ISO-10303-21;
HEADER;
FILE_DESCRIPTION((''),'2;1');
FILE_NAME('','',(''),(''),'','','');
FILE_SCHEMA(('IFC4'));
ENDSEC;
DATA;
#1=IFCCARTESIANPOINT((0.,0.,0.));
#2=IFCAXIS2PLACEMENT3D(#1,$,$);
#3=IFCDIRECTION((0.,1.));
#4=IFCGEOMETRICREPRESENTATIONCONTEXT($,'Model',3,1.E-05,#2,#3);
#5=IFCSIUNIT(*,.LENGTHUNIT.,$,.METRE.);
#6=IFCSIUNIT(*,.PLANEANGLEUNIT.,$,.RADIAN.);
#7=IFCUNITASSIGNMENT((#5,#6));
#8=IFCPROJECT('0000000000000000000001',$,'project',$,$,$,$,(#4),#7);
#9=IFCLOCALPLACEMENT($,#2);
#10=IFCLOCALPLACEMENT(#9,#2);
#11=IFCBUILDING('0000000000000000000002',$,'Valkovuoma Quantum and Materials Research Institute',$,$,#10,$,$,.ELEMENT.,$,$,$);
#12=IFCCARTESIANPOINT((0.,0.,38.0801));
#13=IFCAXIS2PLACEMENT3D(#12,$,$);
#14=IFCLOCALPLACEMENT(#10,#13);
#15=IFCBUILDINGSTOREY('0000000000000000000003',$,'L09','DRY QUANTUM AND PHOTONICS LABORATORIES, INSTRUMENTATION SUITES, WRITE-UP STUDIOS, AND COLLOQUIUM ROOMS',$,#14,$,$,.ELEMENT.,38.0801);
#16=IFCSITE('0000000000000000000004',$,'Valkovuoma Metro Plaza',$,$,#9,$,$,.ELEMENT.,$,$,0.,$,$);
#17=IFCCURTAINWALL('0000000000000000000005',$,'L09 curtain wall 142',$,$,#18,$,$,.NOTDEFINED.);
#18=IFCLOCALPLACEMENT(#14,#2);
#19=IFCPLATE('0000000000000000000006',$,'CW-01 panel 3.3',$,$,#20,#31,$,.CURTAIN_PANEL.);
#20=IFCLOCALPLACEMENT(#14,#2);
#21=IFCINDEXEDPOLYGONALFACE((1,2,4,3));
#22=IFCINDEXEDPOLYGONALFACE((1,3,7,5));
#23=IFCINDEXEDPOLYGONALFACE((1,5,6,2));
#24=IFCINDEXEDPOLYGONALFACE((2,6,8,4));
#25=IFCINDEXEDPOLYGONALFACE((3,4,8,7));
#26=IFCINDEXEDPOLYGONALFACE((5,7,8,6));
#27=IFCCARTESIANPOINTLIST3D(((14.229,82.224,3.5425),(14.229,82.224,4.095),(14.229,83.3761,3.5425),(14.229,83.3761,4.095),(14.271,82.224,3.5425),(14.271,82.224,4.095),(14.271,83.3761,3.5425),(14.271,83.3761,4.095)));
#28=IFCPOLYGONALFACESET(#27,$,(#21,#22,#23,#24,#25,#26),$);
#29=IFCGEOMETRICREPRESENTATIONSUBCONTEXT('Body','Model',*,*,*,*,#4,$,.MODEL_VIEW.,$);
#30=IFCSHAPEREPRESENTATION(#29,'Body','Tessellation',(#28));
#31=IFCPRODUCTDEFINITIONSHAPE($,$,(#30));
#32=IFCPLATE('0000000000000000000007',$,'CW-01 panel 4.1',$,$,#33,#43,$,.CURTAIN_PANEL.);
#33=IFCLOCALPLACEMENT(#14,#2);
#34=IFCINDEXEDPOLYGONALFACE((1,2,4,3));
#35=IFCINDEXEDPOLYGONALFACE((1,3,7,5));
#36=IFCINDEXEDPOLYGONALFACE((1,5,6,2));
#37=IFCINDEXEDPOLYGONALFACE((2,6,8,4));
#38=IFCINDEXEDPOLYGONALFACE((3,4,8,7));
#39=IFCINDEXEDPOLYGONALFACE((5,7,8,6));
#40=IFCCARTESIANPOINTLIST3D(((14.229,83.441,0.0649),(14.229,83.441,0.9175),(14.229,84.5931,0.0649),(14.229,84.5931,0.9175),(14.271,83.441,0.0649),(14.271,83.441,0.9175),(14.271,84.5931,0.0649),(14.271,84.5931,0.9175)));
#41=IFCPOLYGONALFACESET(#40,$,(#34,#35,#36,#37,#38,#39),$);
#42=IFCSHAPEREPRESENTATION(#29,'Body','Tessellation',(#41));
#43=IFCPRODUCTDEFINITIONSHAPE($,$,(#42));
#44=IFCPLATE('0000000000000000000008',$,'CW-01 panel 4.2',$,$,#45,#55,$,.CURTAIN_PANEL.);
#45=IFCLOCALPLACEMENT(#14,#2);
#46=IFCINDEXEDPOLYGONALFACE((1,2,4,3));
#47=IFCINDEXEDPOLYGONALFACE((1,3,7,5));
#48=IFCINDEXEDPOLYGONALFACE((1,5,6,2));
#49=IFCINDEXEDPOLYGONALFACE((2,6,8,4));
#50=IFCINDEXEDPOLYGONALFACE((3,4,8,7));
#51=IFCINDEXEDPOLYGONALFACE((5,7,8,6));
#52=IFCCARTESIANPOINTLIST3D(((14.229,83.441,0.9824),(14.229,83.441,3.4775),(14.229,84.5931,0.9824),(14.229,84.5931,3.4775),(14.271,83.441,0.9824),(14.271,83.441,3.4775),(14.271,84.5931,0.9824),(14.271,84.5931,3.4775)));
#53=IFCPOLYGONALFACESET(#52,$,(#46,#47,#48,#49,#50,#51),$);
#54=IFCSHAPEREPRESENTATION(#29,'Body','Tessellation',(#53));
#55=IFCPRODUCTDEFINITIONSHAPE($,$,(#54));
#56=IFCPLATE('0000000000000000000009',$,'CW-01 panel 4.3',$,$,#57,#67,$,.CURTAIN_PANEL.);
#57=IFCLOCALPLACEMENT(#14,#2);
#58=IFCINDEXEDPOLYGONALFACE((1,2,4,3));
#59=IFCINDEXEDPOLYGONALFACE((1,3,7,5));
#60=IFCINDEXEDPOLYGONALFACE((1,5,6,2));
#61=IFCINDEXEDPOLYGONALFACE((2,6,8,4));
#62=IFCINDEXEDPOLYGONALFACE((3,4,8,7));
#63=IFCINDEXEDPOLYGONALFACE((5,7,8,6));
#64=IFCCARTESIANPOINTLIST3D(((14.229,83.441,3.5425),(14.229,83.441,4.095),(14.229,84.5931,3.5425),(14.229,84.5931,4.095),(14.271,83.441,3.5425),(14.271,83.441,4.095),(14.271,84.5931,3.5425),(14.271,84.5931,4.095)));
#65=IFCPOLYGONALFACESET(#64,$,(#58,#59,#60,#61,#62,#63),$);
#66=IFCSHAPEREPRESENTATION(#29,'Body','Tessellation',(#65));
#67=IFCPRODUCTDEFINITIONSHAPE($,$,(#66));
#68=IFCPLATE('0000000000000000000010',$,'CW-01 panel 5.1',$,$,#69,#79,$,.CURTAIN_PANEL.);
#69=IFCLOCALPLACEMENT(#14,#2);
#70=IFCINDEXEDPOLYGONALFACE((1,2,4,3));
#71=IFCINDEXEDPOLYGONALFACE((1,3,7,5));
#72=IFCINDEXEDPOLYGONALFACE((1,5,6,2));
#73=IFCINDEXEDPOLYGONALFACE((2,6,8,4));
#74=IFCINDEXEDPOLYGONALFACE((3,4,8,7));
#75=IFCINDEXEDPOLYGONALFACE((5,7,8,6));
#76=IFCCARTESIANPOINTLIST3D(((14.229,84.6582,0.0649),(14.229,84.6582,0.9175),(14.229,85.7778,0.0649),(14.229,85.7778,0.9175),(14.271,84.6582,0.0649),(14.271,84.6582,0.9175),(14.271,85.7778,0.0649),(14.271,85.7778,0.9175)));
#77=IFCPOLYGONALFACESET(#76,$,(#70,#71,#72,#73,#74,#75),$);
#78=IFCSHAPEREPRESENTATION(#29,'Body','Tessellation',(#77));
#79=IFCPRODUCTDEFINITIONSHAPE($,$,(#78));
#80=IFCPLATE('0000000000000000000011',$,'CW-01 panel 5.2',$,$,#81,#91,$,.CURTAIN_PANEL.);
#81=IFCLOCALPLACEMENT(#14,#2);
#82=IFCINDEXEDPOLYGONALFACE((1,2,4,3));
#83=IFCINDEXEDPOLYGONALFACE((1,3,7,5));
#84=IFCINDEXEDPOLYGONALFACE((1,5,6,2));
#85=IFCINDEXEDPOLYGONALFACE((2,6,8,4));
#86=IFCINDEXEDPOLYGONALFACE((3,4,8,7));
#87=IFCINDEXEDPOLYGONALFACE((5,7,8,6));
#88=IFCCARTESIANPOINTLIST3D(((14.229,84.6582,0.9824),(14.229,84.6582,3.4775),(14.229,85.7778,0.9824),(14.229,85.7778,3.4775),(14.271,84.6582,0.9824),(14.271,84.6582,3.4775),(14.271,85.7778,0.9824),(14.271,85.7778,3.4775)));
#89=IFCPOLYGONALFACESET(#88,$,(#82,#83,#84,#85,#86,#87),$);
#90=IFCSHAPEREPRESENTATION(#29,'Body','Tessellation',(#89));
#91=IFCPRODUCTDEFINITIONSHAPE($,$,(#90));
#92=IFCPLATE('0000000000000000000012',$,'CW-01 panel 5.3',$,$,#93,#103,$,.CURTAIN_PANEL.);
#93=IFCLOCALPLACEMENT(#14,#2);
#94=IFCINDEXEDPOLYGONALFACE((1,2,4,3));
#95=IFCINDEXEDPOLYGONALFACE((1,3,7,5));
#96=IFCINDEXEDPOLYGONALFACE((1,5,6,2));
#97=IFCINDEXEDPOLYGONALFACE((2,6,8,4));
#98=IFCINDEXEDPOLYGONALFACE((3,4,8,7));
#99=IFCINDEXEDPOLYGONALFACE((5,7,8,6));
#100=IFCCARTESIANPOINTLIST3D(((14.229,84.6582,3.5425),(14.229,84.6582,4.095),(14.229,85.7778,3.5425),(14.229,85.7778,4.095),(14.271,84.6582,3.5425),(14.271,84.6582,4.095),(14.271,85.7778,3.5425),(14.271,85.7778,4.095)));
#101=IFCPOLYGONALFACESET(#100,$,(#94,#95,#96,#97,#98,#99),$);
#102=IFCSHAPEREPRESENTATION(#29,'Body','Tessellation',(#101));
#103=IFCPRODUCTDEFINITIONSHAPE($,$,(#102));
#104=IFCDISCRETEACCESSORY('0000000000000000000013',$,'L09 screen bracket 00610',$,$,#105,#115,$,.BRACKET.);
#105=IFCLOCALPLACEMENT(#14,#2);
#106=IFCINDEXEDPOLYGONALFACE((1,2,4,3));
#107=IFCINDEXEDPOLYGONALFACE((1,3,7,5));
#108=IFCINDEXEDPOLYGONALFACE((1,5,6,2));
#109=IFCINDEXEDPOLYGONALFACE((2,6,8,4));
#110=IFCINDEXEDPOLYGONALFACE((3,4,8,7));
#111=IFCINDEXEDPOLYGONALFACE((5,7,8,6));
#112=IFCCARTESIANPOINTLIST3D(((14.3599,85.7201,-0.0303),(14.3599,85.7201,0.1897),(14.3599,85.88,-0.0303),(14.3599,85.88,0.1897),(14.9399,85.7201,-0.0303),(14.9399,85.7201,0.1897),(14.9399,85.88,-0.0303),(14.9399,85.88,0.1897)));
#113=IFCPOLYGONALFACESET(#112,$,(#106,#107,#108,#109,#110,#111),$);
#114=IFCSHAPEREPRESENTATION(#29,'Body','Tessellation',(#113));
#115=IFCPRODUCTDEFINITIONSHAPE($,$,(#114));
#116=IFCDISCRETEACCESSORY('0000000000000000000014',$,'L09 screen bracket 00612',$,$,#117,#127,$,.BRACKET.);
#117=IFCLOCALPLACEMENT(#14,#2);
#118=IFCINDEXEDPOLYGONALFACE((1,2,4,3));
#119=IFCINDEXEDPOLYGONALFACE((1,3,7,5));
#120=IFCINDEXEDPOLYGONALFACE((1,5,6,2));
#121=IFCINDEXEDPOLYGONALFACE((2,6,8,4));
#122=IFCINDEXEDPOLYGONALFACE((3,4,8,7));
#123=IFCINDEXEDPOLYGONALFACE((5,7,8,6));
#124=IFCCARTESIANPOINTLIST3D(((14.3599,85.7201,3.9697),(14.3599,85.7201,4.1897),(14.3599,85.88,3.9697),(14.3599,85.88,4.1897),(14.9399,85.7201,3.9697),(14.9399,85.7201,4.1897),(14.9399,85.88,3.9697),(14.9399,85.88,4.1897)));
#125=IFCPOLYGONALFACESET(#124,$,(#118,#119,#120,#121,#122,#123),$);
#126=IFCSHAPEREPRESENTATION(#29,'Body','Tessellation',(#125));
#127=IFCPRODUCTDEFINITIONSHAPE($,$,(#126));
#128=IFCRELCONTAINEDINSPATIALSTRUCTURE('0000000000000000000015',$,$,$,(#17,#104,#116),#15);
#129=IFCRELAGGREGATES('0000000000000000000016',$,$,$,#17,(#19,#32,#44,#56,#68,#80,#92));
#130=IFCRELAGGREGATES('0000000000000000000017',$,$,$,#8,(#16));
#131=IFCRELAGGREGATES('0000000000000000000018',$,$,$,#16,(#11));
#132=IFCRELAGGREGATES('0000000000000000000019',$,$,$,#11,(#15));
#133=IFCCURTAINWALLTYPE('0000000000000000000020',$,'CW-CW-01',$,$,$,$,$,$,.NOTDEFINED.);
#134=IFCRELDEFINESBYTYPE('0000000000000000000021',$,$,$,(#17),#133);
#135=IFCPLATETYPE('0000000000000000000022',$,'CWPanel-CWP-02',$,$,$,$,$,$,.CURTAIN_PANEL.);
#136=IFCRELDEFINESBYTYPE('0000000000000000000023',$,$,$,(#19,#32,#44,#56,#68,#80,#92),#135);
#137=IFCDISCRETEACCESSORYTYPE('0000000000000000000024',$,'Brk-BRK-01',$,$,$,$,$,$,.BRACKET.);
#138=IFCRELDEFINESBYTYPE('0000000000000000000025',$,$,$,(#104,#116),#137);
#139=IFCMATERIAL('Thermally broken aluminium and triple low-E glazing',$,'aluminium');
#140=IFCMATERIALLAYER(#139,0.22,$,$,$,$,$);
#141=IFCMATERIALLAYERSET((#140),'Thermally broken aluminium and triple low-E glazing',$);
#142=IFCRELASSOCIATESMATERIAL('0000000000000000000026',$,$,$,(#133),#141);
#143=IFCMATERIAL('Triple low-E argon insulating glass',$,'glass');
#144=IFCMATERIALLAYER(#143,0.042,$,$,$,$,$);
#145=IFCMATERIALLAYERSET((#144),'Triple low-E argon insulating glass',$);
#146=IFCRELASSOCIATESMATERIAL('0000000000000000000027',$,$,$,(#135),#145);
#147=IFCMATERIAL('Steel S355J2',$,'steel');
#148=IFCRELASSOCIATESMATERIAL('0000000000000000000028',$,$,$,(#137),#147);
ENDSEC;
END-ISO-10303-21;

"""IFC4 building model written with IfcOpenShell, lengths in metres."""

from ifc_helpers import new_model, si_unit, direction, frame, origin, origin_2d, place, context, subcontext, project, spatial, rectangle, extrude, material, layer, layer_set, type_object, element, aggregate, save


model = new_model("IFC4")

# Units and contexts
model_context = context("Model", 3, precision=1e-05, world=origin(), true_north=direction((0.0, 1.0)))
body_context = subcontext(model_context, "Body", "Model", "MODEL_VIEW")
ifc_project = project(units=[si_unit("LENGTHUNIT", "METRE"), si_unit("PLANEANGLEUNIT", "RADIAN")], contexts=[model_context])

# Site, building, storey
site_placement = place(None, origin())
site = spatial("IfcSite", under=ifc_project, at=site_placement, Name="Valkovuoma Metro Plaza", CompositionType="ELEMENT", RefElevation=0.0)
building_placement = place(site_placement, origin())
building = spatial("IfcBuilding", under=site, at=building_placement, Name="Valkovuoma Quantum and Materials Research Institute", CompositionType="ELEMENT")
storey_placement = place(building_placement, frame((0.0, 0.0, 38.0801)))
storey = spatial("IfcBuildingStorey", under=building, at=storey_placement, Name="L09", Description="DRY QUANTUM AND PHOTONICS LABORATORIES, INSTRUMENTATION SUITES, WRITE-UP STUDIOS, AND COLLOQUIUM ROOMS", CompositionType="ELEMENT", Elevation=38.0801)

# Curtain wall, plates
ifc_material_1 = material(Name="Thermally broken aluminium and triple low-E glazing", Category="aluminium")
ifc_layer_1 = layer(ifc_material_1, 0.22)
ifc_layer_set_1 = layer_set([ifc_layer_1], Name="Thermally broken aluminium and triple low-E glazing")
curtain_wall_type = type_object("IfcCurtainWallType", Name="CW-CW-01", PredefinedType="NOTDEFINED", material=ifc_layer_set_1)
curtain_wall_placement = place(storey_placement, origin())
curtain_wall = element("IfcCurtainWall", 1, at=curtain_wall_placement, inside=storey, type_object=curtain_wall_type, Name="L09 curtain wall 142", PredefinedType="NOTDEFINED")
ifc_material_2 = material(Name="Triple low-E argon insulating glass", Category="glass")
ifc_layer_2 = layer(ifc_material_2, 0.042)
ifc_layer_set_2 = layer_set([ifc_layer_2], Name="Triple low-E argon insulating glass")
plate_type = type_object("IfcPlateType", Name="CWPanel-CWP-02", PredefinedType="CURTAIN_PANEL", material=ifc_layer_set_2)
plate_1_placement = place(storey_placement, frame((14.25, 82.8, 3.5425), z_axis=(0.0, 0.0, 1.0), x_axis=(0.0, 1.0, 0.0)))
plate_1 = element("IfcPlate", 2, at=plate_1_placement, type_object=plate_type, Name="CW-01 panel 3.3", PredefinedType="CURTAIN_PANEL", context=body_context, shape_type="SweptSolid", body=[
    extrude(rectangle(XDim=1.1521, YDim=0.042, at=origin_2d()), origin(), (0.0, 0.0, 1.0), 0.5525),
])
plate_2_placement = place(storey_placement, frame((14.25, 84.0171, 0.0649), z_axis=(0.0, 0.0, 1.0), x_axis=(0.0, 1.0, 0.0)))
plate_2 = element("IfcPlate", 3, at=plate_2_placement, type_object=plate_type, Name="CW-01 panel 4.1", PredefinedType="CURTAIN_PANEL", context=body_context, shape_type="SweptSolid", body=[
    extrude(rectangle(XDim=1.1521, YDim=0.042, at=origin_2d()), origin(), (0.0, 0.0, 1.0), 0.8525),
])
plate_3_placement = place(storey_placement, frame((14.25, 84.0171, 0.9824), z_axis=(0.0, 0.0, 1.0), x_axis=(0.0, 1.0, 0.0)))
plate_3 = element("IfcPlate", 4, at=plate_3_placement, type_object=plate_type, Name="CW-01 panel 4.2", PredefinedType="CURTAIN_PANEL", context=body_context, shape_type="SweptSolid", body=[
    extrude(rectangle(XDim=1.1521, YDim=0.042, at=origin_2d()), origin(), (0.0, 0.0, 1.0), 2.4951),
])
plate_4_placement = place(storey_placement, frame((14.25, 84.0171, 3.5425), z_axis=(0.0, 0.0, 1.0), x_axis=(0.0, 1.0, 0.0)))
plate_4 = element("IfcPlate", 5, at=plate_4_placement, type_object=plate_type, Name="CW-01 panel 4.3", PredefinedType="CURTAIN_PANEL", context=body_context, shape_type="SweptSolid", body=[
    extrude(rectangle(XDim=1.1521, YDim=0.042, at=origin_2d()), origin(), (0.0, 0.0, 1.0), 0.5525),
])
plate_5_placement = place(storey_placement, frame((14.25, 85.218, 0.0649), z_axis=(0.0, 0.0, 1.0), x_axis=(0.0, 1.0, 0.0)))
plate_5 = element("IfcPlate", 6, at=plate_5_placement, type_object=plate_type, Name="CW-01 panel 5.1", PredefinedType="CURTAIN_PANEL", context=body_context, shape_type="SweptSolid", body=[
    extrude(rectangle(XDim=1.1196, YDim=0.042, at=origin_2d()), origin(), (0.0, 0.0, 1.0), 0.8525),
])
plate_6_placement = place(storey_placement, frame((14.25, 85.218, 0.9824), z_axis=(0.0, 0.0, 1.0), x_axis=(0.0, 1.0, 0.0)))
plate_6 = element("IfcPlate", 7, at=plate_6_placement, type_object=plate_type, Name="CW-01 panel 5.2", PredefinedType="CURTAIN_PANEL", context=body_context, shape_type="SweptSolid", body=[
    extrude(rectangle(XDim=1.1196, YDim=0.042, at=origin_2d()), origin(), (0.0, 0.0, 1.0), 2.4951),
])
plate_7_placement = place(storey_placement, frame((14.25, 85.218, 3.5425), z_axis=(0.0, 0.0, 1.0), x_axis=(0.0, 1.0, 0.0)))
plate_7 = element("IfcPlate", 8, at=plate_7_placement, type_object=plate_type, Name="CW-01 panel 5.3", PredefinedType="CURTAIN_PANEL", context=body_context, shape_type="SweptSolid", body=[
    extrude(rectangle(XDim=1.1196, YDim=0.042, at=origin_2d()), origin(), (0.0, 0.0, 1.0), 0.5525),
])
aggregate(curtain_wall, [plate_1, plate_2, plate_3, plate_4, plate_5, plate_6, plate_7])

# Discrete accessories
ifc_material_3 = material(Name="Steel S355J2", Category="steel")
discrete_accessory_type = type_object("IfcDiscreteAccessoryType", Name="Brk-BRK-01", PredefinedType="BRACKET", material=ifc_material_3)
for number, where, z_axis, x_axis, name in (
    (9, (14.6499, 85.8, -0.0303), (0.0, 0.0, 1.0), (1.0, 0.0, 0.0), "L09 screen bracket 00610"),
    (10, (14.6499, 85.8, 3.9697), (0.0, 0.0, 1.0), (1.0, 0.0, 0.0), "L09 screen bracket 00612"),
):
    element("IfcDiscreteAccessory", number, at=place(storey_placement, frame(where, z_axis=z_axis, x_axis=x_axis)), inside=storey, type_object=discrete_accessory_type, Name=name, PredefinedType="BRACKET", context=body_context, shape_type="SweptSolid", body=[
        extrude(rectangle(XDim=0.5801, YDim=0.1599, at=origin_2d()), origin(), (0.0, 0.0, 1.0), 0.22),
    ])

save(model, "model.ifc")
